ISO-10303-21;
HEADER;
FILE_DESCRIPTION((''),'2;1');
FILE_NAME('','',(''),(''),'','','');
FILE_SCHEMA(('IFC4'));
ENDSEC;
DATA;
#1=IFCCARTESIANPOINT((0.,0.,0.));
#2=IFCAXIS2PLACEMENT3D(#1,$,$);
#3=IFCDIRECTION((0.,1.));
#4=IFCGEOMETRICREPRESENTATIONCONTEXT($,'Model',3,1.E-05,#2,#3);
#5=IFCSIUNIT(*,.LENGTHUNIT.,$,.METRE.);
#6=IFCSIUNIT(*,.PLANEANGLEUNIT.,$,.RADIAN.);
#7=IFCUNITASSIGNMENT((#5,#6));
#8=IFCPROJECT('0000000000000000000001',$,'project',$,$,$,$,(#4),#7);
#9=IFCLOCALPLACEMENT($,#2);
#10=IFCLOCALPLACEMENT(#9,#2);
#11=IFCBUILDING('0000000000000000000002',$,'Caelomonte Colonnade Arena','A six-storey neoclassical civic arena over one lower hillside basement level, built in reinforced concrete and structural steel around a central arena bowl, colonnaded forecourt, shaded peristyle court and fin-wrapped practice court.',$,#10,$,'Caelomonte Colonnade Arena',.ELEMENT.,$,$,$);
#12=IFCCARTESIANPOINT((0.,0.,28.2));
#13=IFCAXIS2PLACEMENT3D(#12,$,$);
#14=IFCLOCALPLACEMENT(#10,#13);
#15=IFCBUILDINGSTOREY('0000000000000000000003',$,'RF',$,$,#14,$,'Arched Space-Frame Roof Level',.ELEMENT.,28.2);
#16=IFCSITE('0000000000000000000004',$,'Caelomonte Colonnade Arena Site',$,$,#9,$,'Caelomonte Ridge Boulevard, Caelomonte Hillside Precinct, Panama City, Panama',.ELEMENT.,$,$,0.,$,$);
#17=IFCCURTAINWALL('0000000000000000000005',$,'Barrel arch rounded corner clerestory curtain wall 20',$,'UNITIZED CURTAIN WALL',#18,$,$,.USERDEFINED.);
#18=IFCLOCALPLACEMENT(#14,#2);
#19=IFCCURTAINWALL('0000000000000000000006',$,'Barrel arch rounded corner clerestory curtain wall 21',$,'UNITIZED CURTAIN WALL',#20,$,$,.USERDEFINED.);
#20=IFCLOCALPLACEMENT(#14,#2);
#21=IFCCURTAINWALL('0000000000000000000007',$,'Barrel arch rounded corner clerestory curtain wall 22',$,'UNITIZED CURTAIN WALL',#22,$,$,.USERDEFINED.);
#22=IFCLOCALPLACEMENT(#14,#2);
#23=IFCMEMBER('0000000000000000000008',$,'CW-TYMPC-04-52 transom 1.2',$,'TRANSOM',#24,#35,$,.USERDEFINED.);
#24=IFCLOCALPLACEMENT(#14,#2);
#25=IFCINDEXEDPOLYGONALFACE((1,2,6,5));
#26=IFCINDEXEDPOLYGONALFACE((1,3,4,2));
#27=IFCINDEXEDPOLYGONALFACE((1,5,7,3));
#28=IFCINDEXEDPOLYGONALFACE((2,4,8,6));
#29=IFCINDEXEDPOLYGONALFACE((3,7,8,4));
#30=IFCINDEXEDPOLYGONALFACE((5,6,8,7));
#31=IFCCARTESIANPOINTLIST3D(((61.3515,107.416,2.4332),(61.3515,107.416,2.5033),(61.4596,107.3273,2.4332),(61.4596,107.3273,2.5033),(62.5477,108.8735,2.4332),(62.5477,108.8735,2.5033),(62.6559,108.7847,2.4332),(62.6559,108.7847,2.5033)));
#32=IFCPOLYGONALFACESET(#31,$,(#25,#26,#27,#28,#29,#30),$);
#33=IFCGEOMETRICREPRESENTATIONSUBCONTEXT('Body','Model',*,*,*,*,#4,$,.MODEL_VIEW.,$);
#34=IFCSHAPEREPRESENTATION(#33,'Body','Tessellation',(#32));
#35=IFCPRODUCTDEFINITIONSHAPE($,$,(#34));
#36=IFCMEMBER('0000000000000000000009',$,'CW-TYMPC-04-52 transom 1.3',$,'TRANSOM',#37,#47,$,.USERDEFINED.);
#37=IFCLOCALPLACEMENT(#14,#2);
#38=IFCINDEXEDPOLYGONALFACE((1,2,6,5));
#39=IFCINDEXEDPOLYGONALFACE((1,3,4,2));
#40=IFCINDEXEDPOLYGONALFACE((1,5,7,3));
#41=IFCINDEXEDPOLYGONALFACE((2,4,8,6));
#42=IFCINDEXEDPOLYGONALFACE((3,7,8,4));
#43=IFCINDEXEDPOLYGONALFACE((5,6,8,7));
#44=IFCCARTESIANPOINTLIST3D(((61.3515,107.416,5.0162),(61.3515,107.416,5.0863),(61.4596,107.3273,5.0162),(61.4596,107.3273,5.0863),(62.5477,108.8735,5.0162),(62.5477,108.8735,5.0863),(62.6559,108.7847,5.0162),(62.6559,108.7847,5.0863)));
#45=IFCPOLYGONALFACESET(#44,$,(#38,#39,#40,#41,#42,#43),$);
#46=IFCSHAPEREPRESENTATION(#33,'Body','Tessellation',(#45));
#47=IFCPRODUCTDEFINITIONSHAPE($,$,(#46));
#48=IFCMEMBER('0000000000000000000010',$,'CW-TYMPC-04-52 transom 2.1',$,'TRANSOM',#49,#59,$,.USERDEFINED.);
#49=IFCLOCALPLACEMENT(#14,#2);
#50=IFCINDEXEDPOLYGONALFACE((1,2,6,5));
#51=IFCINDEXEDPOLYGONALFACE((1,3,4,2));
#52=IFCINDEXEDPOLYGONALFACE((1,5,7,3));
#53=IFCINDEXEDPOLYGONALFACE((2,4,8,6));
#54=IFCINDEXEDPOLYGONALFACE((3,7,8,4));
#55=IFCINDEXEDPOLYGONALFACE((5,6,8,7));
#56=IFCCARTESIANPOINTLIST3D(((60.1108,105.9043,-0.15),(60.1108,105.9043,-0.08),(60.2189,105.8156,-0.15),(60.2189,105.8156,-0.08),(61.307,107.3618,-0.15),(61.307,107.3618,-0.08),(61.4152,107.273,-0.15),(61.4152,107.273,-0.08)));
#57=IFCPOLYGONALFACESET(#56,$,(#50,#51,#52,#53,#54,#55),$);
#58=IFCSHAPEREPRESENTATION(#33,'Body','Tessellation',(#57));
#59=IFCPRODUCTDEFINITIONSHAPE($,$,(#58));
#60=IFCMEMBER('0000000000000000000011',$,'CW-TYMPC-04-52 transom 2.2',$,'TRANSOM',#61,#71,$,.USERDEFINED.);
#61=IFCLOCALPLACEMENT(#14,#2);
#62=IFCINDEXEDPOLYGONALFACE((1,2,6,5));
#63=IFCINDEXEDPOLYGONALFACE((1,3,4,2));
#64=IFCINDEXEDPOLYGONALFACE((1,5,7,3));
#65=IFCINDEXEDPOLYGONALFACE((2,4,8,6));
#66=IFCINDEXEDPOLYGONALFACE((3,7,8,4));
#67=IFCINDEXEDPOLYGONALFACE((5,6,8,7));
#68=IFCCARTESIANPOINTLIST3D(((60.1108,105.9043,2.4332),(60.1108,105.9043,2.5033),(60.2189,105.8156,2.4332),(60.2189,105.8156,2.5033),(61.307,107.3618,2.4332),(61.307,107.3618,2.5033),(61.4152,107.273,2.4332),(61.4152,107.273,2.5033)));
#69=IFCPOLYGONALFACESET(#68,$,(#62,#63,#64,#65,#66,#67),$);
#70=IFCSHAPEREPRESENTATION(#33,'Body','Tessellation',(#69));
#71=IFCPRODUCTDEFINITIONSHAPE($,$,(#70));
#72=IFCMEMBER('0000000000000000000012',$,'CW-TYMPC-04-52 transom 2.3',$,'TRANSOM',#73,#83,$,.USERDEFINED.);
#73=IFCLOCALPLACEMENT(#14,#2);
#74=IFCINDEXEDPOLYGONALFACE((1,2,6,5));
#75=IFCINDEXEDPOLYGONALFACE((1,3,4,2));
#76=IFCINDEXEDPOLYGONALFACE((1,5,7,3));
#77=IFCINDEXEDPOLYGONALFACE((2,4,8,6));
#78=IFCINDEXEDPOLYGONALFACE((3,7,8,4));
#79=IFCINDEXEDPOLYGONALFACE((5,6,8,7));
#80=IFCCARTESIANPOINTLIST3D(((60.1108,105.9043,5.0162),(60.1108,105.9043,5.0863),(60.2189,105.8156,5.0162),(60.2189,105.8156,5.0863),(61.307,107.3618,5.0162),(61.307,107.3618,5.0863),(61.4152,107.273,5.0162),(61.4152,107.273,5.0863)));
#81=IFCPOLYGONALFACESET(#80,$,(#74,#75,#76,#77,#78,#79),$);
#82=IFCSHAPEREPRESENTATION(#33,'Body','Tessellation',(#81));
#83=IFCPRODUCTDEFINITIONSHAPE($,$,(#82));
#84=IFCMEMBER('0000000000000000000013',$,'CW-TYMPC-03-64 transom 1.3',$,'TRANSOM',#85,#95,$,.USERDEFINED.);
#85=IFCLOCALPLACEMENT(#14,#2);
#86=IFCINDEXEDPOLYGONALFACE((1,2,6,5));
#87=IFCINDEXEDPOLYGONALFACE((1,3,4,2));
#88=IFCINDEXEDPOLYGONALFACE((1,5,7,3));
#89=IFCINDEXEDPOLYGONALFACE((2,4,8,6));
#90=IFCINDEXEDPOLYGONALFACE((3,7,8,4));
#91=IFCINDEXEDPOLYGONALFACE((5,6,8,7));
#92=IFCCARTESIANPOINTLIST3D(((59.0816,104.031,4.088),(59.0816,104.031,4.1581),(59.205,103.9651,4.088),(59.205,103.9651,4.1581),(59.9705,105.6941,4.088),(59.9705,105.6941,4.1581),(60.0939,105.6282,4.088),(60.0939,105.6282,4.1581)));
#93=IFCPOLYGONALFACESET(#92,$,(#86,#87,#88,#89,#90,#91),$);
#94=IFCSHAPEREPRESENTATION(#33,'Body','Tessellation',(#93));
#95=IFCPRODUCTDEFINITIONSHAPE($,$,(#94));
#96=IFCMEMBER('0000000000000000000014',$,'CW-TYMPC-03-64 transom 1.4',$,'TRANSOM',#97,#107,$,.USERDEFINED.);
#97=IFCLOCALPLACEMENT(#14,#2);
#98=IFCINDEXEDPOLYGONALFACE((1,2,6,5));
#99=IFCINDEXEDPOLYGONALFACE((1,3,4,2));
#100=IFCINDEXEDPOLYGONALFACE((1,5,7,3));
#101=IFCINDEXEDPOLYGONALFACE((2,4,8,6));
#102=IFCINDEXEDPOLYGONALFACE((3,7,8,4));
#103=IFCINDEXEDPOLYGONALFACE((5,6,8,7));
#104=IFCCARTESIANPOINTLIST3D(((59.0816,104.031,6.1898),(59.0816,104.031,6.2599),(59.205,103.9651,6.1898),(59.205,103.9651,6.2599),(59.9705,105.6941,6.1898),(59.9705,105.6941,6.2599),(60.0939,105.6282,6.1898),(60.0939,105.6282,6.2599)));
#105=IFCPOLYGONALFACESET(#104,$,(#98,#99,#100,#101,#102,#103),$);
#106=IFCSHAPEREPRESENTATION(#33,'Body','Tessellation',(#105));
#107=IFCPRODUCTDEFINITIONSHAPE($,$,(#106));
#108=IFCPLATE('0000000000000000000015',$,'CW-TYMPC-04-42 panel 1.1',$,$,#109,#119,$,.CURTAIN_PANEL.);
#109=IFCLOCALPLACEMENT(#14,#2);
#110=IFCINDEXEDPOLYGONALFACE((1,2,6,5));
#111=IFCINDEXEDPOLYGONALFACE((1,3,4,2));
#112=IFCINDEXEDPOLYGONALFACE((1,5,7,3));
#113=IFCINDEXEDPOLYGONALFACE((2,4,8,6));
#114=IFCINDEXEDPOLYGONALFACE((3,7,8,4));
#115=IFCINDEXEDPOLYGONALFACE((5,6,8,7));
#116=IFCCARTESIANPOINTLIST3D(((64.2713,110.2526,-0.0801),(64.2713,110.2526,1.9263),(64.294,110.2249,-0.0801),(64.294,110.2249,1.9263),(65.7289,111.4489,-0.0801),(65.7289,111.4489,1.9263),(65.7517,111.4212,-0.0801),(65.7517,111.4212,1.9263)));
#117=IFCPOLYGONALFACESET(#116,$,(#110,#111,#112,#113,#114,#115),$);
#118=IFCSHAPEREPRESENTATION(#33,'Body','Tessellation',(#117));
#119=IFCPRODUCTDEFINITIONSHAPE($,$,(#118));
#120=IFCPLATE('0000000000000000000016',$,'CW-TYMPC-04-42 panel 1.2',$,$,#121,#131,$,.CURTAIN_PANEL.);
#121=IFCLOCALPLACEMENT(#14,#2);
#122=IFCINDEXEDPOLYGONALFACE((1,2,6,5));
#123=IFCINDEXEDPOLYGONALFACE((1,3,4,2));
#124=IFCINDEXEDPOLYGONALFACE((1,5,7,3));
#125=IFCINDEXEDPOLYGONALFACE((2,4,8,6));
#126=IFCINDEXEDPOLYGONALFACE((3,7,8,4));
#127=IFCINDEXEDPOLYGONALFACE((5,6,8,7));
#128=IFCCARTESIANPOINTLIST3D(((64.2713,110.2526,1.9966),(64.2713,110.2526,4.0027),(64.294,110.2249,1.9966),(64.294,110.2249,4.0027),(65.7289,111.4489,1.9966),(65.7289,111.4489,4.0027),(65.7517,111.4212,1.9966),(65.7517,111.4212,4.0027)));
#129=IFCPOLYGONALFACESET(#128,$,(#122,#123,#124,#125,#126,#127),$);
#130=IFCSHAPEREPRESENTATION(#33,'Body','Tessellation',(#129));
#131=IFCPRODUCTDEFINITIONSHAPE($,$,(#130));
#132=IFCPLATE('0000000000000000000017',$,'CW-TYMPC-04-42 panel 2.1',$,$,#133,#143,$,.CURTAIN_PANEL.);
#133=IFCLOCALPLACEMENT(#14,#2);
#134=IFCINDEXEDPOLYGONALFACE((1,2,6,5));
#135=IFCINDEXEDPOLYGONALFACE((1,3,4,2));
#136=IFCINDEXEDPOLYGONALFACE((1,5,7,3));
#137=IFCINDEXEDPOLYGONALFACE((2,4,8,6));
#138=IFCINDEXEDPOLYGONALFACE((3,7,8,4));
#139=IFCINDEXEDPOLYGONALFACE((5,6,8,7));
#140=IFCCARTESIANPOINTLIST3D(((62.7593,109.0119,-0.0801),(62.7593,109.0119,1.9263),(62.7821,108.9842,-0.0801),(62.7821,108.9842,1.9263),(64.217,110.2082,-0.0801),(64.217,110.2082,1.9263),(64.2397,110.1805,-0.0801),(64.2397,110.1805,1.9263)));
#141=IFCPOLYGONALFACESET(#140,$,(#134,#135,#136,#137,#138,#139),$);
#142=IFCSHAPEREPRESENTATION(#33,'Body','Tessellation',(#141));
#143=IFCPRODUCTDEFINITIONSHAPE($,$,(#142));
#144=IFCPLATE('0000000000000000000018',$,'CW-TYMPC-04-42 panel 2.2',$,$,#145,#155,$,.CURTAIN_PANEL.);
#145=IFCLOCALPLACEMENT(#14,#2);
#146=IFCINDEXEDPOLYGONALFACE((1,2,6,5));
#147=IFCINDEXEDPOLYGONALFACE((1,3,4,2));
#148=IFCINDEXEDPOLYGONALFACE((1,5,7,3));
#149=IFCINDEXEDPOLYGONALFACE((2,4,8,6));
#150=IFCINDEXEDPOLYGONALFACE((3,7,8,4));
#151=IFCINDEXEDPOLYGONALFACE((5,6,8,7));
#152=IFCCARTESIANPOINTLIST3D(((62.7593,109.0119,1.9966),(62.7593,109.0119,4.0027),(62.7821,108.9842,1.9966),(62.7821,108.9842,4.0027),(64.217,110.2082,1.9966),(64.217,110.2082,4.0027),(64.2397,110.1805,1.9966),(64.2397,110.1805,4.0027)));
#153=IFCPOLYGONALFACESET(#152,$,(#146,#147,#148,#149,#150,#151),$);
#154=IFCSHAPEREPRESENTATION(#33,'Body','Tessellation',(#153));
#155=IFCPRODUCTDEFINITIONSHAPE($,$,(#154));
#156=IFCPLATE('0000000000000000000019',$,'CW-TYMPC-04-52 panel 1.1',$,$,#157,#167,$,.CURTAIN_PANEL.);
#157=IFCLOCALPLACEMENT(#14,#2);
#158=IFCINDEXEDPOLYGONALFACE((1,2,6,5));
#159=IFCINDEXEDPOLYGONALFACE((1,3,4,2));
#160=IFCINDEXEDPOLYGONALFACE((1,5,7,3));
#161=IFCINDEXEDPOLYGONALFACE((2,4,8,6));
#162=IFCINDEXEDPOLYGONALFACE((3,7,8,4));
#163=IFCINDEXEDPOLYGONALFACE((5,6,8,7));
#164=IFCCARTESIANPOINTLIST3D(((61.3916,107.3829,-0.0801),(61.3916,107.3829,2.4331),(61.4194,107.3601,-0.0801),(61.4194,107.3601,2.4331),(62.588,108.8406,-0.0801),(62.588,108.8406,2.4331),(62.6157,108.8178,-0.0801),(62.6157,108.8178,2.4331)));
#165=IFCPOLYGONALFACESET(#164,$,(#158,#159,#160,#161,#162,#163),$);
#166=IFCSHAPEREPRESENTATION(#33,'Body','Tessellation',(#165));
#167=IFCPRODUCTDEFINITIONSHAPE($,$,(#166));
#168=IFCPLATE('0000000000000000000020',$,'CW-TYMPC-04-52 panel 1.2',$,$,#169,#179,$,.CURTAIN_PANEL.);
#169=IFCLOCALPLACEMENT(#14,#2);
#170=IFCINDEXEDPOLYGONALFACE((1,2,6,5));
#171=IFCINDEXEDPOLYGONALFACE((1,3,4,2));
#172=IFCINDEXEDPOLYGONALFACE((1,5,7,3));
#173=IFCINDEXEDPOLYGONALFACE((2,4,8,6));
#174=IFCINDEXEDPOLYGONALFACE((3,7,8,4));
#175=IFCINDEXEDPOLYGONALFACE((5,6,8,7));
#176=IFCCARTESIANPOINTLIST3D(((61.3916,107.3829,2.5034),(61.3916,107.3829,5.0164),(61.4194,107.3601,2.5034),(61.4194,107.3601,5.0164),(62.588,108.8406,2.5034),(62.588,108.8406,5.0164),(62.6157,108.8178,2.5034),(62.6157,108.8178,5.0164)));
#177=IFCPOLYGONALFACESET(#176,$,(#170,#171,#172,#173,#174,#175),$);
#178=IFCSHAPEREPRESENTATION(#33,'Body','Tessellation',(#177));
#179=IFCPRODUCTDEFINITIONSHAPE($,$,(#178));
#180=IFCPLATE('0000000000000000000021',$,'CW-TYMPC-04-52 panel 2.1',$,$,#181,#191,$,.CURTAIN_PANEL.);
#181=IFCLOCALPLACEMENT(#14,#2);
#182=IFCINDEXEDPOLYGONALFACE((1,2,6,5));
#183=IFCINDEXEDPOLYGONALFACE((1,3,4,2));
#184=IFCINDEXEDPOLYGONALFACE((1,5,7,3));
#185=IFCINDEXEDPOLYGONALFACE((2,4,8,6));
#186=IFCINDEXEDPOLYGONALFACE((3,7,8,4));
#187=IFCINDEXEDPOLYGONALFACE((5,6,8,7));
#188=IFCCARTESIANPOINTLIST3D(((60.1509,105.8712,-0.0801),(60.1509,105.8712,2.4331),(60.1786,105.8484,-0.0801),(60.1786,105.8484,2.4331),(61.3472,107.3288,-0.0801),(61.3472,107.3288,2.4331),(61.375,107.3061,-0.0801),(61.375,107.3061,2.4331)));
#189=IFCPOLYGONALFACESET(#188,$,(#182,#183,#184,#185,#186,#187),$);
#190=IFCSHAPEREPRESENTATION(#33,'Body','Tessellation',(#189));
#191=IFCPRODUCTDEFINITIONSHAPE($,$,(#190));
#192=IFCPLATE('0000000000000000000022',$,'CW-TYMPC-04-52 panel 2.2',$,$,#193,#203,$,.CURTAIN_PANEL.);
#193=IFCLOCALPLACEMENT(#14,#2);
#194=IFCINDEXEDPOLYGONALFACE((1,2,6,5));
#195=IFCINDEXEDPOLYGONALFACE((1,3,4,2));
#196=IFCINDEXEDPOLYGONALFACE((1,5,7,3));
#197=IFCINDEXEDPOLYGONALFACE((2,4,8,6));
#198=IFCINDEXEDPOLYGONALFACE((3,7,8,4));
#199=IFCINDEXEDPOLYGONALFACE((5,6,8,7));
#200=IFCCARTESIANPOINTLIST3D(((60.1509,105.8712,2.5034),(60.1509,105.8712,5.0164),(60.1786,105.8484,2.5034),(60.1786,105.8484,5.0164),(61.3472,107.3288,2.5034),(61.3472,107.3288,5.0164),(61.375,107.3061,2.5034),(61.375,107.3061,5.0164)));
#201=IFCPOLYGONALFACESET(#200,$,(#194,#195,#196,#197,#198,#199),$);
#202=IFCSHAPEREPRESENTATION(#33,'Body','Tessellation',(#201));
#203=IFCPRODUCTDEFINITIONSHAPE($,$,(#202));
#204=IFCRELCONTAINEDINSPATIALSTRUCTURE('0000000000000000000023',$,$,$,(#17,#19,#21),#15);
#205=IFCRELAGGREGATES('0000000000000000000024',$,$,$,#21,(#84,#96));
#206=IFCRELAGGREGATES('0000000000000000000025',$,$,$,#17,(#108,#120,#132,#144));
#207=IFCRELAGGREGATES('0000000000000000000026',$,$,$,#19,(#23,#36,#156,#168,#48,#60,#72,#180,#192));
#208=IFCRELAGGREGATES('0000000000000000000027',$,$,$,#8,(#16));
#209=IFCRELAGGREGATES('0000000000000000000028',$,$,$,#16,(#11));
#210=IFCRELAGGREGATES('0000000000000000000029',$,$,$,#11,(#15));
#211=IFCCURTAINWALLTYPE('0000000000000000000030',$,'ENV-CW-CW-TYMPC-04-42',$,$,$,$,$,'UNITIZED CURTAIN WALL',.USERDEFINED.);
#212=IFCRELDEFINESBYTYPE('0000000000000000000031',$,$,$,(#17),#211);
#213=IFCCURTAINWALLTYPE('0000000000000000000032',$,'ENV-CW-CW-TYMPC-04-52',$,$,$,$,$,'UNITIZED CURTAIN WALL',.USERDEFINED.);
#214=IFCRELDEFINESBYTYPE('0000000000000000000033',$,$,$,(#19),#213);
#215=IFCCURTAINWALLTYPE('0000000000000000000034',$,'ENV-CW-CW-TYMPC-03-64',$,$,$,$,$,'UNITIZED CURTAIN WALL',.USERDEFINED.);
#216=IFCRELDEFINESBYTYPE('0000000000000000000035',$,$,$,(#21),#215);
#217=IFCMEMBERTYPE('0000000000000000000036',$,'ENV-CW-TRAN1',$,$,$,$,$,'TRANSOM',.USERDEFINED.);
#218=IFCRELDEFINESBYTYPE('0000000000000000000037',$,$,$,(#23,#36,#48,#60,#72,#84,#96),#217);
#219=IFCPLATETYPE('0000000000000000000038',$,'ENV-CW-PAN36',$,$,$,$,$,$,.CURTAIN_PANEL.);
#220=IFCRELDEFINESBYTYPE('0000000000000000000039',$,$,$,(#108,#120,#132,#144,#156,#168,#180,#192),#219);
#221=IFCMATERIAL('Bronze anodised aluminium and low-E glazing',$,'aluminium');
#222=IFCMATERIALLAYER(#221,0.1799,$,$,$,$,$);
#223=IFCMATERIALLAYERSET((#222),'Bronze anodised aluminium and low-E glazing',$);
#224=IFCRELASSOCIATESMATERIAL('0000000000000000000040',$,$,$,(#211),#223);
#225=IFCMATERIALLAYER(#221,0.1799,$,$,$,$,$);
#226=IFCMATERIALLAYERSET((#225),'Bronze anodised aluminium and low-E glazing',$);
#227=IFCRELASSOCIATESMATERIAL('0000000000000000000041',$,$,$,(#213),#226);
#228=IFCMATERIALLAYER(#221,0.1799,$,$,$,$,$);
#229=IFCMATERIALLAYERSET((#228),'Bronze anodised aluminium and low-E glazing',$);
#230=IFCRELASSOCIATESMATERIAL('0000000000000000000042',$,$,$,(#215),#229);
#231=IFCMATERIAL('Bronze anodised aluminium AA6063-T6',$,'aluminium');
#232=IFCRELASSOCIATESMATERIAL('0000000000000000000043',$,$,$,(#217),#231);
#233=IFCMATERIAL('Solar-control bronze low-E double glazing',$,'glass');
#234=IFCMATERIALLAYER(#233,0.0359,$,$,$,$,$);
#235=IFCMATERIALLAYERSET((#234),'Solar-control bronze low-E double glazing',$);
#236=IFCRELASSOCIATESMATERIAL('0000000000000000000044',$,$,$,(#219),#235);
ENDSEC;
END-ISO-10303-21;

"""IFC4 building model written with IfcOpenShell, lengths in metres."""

from ifc_helpers import new_model, si_unit, direction, frame, origin, origin_2d, place, context, subcontext, project, spatial, rectangle, extrude, material, layer, layer_set, material_profile, profile_set, type_object, element, aggregate, save


model = new_model("IFC4")

# Units and contexts
model_context = context("Model", 3, precision=1e-05, world=origin(), true_north=direction((0.0, 1.0)))
body_context = subcontext(model_context, "Body", "Model", "MODEL_VIEW")
ifc_project = project(units=[si_unit("LENGTHUNIT", "METRE"), si_unit("PLANEANGLEUNIT", "RADIAN")], contexts=[model_context])

# Site, building, storey
site_placement = place(None, origin())
site = spatial("IfcSite", under=ifc_project, at=site_placement, Name="Caelomonte Colonnade Arena Site", LongName="Caelomonte Ridge Boulevard, Caelomonte Hillside Precinct, Panama City, Panama", CompositionType="ELEMENT", RefElevation=0.0)
building_placement = place(site_placement, origin())
building = spatial("IfcBuilding", under=site, at=building_placement, Name="Caelomonte Colonnade Arena", Description="A six-storey neoclassical civic arena over one lower hillside basement level, built in reinforced concrete and structural steel around a central arena bowl, colonnaded forecourt, shaded peristyle court and fin-wrapped practice court.", LongName="Caelomonte Colonnade Arena", CompositionType="ELEMENT")
storey_placement = place(building_placement, frame((0.0, 0.0, 28.2)))
storey = spatial("IfcBuildingStorey", under=building, at=storey_placement, Name="RF", LongName="Arched Space-Frame Roof Level", CompositionType="ELEMENT", Elevation=28.2)

# Curtain walls
ifc_material_1 = material(Name="Bronze anodised aluminium and low-E glazing", Category="aluminium")
ifc_layer_1 = layer(ifc_material_1, 0.1799)
ifc_layer_set_1 = layer_set([ifc_layer_1], Name="Bronze anodised aluminium and low-E glazing")
curtain_wall_type_1 = type_object("IfcCurtainWallType", Name="ENV-CW-CW-TYMPC-04-42", ElementType="UNITIZED CURTAIN WALL", PredefinedType="USERDEFINED", material=ifc_layer_set_1)
curtain_wall_1_placement = place(storey_placement, origin())
curtain_wall_1 = element("IfcCurtainWall", 1, at=curtain_wall_1_placement, inside=storey, type_object=curtain_wall_type_1, Name="Barrel arch rounded corner clerestory curtain wall 20", ObjectType="UNITIZED CURTAIN WALL", PredefinedType="USERDEFINED")
ifc_material_2 = material(Name="Bronze anodised aluminium AA6063-T6", Category="aluminium")
ifc_layer_2 = layer(ifc_material_1, 0.1799)
ifc_layer_set_2 = layer_set([ifc_layer_2], Name="Bronze anodised aluminium and low-E glazing")
curtain_wall_type_2 = type_object("IfcCurtainWallType", Name="ENV-CW-CW-TYMPC-04-52", ElementType="UNITIZED CURTAIN WALL", PredefinedType="USERDEFINED", material=ifc_layer_set_2)
curtain_wall_2_placement = place(storey_placement, origin())
curtain_wall_2 = element("IfcCurtainWall", 2, at=curtain_wall_2_placement, inside=storey, type_object=curtain_wall_type_2, Name="Barrel arch rounded corner clerestory curtain wall 21", ObjectType="UNITIZED CURTAIN WALL", PredefinedType="USERDEFINED")

# Curtain wall
ifc_layer_3 = layer(ifc_material_1, 0.1799)
ifc_layer_set_3 = layer_set([ifc_layer_3], Name="Bronze anodised aluminium and low-E glazing")
curtain_wall_type_3 = type_object("IfcCurtainWallType", Name="ENV-CW-CW-TYMPC-03-64", ElementType="UNITIZED CURTAIN WALL", PredefinedType="USERDEFINED", material=ifc_layer_set_3)
curtain_wall_3_placement = place(storey_placement, origin())
curtain_wall_3 = element("IfcCurtainWall", 3, at=curtain_wall_3_placement, inside=storey, type_object=curtain_wall_type_3, Name="Barrel arch rounded corner clerestory curtain wall 22", ObjectType="UNITIZED CURTAIN WALL", PredefinedType="USERDEFINED")

# Members
ifc_material_profile_1 = material_profile(ifc_material_2, rectangle(XDim=0.0701, YDim=0.1399, at=origin_2d()), Name="CWT-70X140")
ifc_profile_set_1 = profile_set([ifc_material_profile_1], Name="Bronze anodised aluminium AA6063-T6")
member_type_1 = type_object("IfcMemberType", Name="ENV-CW-TRAN1", ElementType="TRANSOM", PredefinedType="USERDEFINED", material=ifc_profile_set_1)
member_1_placement = place(storey_placement, frame((62.6018, 108.8291, 2.4683), z_axis=(-0.634436, -0.772976, 0.0), x_axis=(0.0, 0.0, 1.0)))
member_1 = element("IfcMember", 4, at=member_1_placement, type_object=member_type_1, Name="CW-TYMPC-04-52 transom 1.2", ObjectType="TRANSOM", PredefinedType="USERDEFINED", context=body_context, shape_type="SweptSolid", body=[
    extrude(rectangle(XDim=0.0701, YDim=0.1399, at=origin_2d()), origin(), (0.0, 0.0, 1.0), 1.8855),
])
member_2_placement = place(storey_placement, frame((62.6018, 108.8291, 5.0513), z_axis=(-0.634436, -0.772976, 0.0), x_axis=(0.0, 0.0, 1.0)))
member_2 = element("IfcMember", 5, at=member_2_placement, type_object=member_type_1, Name="CW-TYMPC-04-52 transom 1.3", ObjectType="TRANSOM", PredefinedType="USERDEFINED", context=body_context, shape_type="SweptSolid", body=[
    extrude(rectangle(XDim=0.0701, YDim=0.1399, at=origin_2d()), origin(), (0.0, 0.0, 1.0), 1.8855),
])
member_3_placement = place(storey_placement, frame((61.3611, 107.3174, -0.115), z_axis=(-0.634436, -0.772976, 0.0), x_axis=(0.0, 0.0, 1.0)))
member_3 = element("IfcMember", 6, at=member_3_placement, type_object=member_type_1, Name="CW-TYMPC-04-52 transom 2.1", ObjectType="TRANSOM", PredefinedType="USERDEFINED", context=body_context, shape_type="SweptSolid", body=[
    extrude(rectangle(XDim=0.0701, YDim=0.1399, at=origin_2d()), origin(), (0.0, 0.0, 1.0), 1.8855),
])
member_4_placement = place(storey_placement, frame((61.3611, 107.3174, 2.4683), z_axis=(-0.634436, -0.772976, 0.0), x_axis=(0.0, 0.0, 1.0)))
member_4 = element("IfcMember", 7, at=member_4_placement, type_object=member_type_1, Name="CW-TYMPC-04-52 transom 2.2", ObjectType="TRANSOM", PredefinedType="USERDEFINED", context=body_context, shape_type="SweptSolid", body=[
    extrude(rectangle(XDim=0.0701, YDim=0.1399, at=origin_2d()), origin(), (0.0, 0.0, 1.0), 1.8855),
])
member_5_placement = place(storey_placement, frame((61.3611, 107.3174, 5.0513), z_axis=(-0.634436, -0.772976, 0.0), x_axis=(0.0, 0.0, 1.0)))
member_5 = element("IfcMember", 8, at=member_5_placement, type_object=member_type_1, Name="CW-TYMPC-04-52 transom 2.3", ObjectType="TRANSOM", PredefinedType="USERDEFINED", context=body_context, shape_type="SweptSolid", body=[
    extrude(rectangle(XDim=0.0701, YDim=0.1399, at=origin_2d()), origin(), (0.0, 0.0, 1.0), 1.8855),
])
member_6_placement = place(storey_placement, frame((60.0322, 105.6611, 4.123), z_axis=(-0.471388, -0.881926, 0.0), x_axis=(0.0, 0.0, 1.0)))
member_6 = element("IfcMember", 9, at=member_6_placement, type_object=member_type_1, Name="CW-TYMPC-03-64 transom 1.3", ObjectType="TRANSOM", PredefinedType="USERDEFINED", context=body_context, shape_type="SweptSolid", body=[
    extrude(rectangle(XDim=0.0701, YDim=0.1399, at=origin_2d()), origin(), (0.0, 0.0, 1.0), 1.8857),
])
member_7_placement = place(storey_placement, frame((60.0322, 105.6611, 6.2249), z_axis=(-0.471388, -0.881926, 0.0), x_axis=(0.0, 0.0, 1.0)))
member_7 = element("IfcMember", 10, at=member_7_placement, type_object=member_type_1, Name="CW-TYMPC-03-64 transom 1.4", ObjectType="TRANSOM", PredefinedType="USERDEFINED", context=body_context, shape_type="SweptSolid", body=[
    extrude(rectangle(XDim=0.0701, YDim=0.1399, at=origin_2d()), origin(), (0.0, 0.0, 1.0), 1.8857),
])
aggregate(curtain_wall_3, [member_6, member_7])

# Plates
ifc_material_3 = material(Name="Solar-control bronze low-E double glazing", Category="glass")
ifc_layer_4 = layer(ifc_material_3, 0.0359)
ifc_layer_set_4 = layer_set([ifc_layer_4], Name="Solar-control bronze low-E double glazing")
plate_type = type_object("IfcPlateType", Name="ENV-CW-PAN36", PredefinedType="CURTAIN_PANEL", material=ifc_layer_set_4)
plate_1_placement = place(storey_placement, frame((65.0115, 110.8369, -0.0801), z_axis=(0.0, 0.0, 1.0), x_axis=(-0.773001, -0.634405, 0.0)))
plate_1 = element("IfcPlate", 11, at=plate_1_placement, type_object=plate_type, Name="CW-TYMPC-04-42 panel 1.1", PredefinedType="CURTAIN_PANEL", context=body_context, shape_type="SweptSolid", body=[
    extrude(rectangle(XDim=1.8857, YDim=0.0359, at=origin_2d()), origin(), (0.0, 0.0, 1.0), 2.0063),
])
plate_2_placement = place(storey_placement, frame((65.0115, 110.8369, 1.9966), z_axis=(0.0, 0.0, 1.0), x_axis=(-0.773001, -0.634405, 0.0)))
plate_2 = element("IfcPlate", 12, at=plate_2_placement, type_object=plate_type, Name="CW-TYMPC-04-42 panel 1.2", PredefinedType="CURTAIN_PANEL", context=body_context, shape_type="SweptSolid", body=[
    extrude(rectangle(XDim=1.8857, YDim=0.0359, at=origin_2d()), origin(), (0.0, 0.0, 1.0), 2.0061),
])
plate_3_placement = place(storey_placement, frame((63.4995, 109.5962, -0.0801), z_axis=(0.0, 0.0, 1.0), x_axis=(-0.773001, -0.634405, 0.0)))
plate_3 = element("IfcPlate", 13, at=plate_3_placement, type_object=plate_type, Name="CW-TYMPC-04-42 panel 2.1", PredefinedType="CURTAIN_PANEL", context=body_context, shape_type="SweptSolid", body=[
    extrude(rectangle(XDim=1.8857, YDim=0.0359, at=origin_2d()), origin(), (0.0, 0.0, 1.0), 2.0063),
])
plate_4_placement = place(storey_placement, frame((63.4995, 109.5962, 1.9966), z_axis=(0.0, 0.0, 1.0), x_axis=(-0.773001, -0.634405, 0.0)))
plate_4 = element("IfcPlate", 14, at=plate_4_placement, type_object=plate_type, Name="CW-TYMPC-04-42 panel 2.2", PredefinedType="CURTAIN_PANEL", context=body_context, shape_type="SweptSolid", body=[
    extrude(rectangle(XDim=1.8857, YDim=0.0359, at=origin_2d()), origin(), (0.0, 0.0, 1.0), 2.0061),
])
aggregate(curtain_wall_1, [plate_1, plate_2, plate_3, plate_4])
plate_5_placement = place(storey_placement, frame((62.0037, 108.1003, -0.0801), z_axis=(0.0, 0.0, 1.0), x_axis=(-0.634405, -0.773001, 0.0)))
plate_5 = element("IfcPlate", 15, at=plate_5_placement, type_object=plate_type, Name="CW-TYMPC-04-52 panel 1.1", PredefinedType="CURTAIN_PANEL", context=body_context, shape_type="SweptSolid", body=[
    extrude(rectangle(XDim=1.8857, YDim=0.0359, at=origin_2d()), origin(), (0.0, 0.0, 1.0), 2.5132),
])
plate_6_placement = place(storey_placement, frame((62.0037, 108.1003, 2.5034), z_axis=(0.0, 0.0, 1.0), x_axis=(-0.634405, -0.773001, 0.0)))
plate_6 = element("IfcPlate", 16, at=plate_6_placement, type_object=plate_type, Name="CW-TYMPC-04-52 panel 1.2", PredefinedType="CURTAIN_PANEL", context=body_context, shape_type="SweptSolid", body=[
    extrude(rectangle(XDim=1.8857, YDim=0.0359, at=origin_2d()), origin(), (0.0, 0.0, 1.0), 2.5129),
])
plate_7_placement = place(storey_placement, frame((60.7629, 106.5886, -0.0801), z_axis=(0.0, 0.0, 1.0), x_axis=(-0.634405, -0.773001, 0.0)))
plate_7 = element("IfcPlate", 17, at=plate_7_placement, type_object=plate_type, Name="CW-TYMPC-04-52 panel 2.1", PredefinedType="CURTAIN_PANEL", context=body_context, shape_type="SweptSolid", body=[
    extrude(rectangle(XDim=1.8857, YDim=0.0359, at=origin_2d()), origin(), (0.0, 0.0, 1.0), 2.5132),
])
plate_8_placement = place(storey_placement, frame((60.7629, 106.5886, 2.5034), z_axis=(0.0, 0.0, 1.0), x_axis=(-0.634405, -0.773001, 0.0)))
plate_8 = element("IfcPlate", 18, at=plate_8_placement, type_object=plate_type, Name="CW-TYMPC-04-52 panel 2.2", PredefinedType="CURTAIN_PANEL", context=body_context, shape_type="SweptSolid", body=[
    extrude(rectangle(XDim=1.8857, YDim=0.0359, at=origin_2d()), origin(), (0.0, 0.0, 1.0), 2.5129),
])
aggregate(curtain_wall_2, [member_1, member_2, plate_5, plate_6, member_3, member_4, member_5, plate_7, plate_8])

save(model, "model.ifc")
